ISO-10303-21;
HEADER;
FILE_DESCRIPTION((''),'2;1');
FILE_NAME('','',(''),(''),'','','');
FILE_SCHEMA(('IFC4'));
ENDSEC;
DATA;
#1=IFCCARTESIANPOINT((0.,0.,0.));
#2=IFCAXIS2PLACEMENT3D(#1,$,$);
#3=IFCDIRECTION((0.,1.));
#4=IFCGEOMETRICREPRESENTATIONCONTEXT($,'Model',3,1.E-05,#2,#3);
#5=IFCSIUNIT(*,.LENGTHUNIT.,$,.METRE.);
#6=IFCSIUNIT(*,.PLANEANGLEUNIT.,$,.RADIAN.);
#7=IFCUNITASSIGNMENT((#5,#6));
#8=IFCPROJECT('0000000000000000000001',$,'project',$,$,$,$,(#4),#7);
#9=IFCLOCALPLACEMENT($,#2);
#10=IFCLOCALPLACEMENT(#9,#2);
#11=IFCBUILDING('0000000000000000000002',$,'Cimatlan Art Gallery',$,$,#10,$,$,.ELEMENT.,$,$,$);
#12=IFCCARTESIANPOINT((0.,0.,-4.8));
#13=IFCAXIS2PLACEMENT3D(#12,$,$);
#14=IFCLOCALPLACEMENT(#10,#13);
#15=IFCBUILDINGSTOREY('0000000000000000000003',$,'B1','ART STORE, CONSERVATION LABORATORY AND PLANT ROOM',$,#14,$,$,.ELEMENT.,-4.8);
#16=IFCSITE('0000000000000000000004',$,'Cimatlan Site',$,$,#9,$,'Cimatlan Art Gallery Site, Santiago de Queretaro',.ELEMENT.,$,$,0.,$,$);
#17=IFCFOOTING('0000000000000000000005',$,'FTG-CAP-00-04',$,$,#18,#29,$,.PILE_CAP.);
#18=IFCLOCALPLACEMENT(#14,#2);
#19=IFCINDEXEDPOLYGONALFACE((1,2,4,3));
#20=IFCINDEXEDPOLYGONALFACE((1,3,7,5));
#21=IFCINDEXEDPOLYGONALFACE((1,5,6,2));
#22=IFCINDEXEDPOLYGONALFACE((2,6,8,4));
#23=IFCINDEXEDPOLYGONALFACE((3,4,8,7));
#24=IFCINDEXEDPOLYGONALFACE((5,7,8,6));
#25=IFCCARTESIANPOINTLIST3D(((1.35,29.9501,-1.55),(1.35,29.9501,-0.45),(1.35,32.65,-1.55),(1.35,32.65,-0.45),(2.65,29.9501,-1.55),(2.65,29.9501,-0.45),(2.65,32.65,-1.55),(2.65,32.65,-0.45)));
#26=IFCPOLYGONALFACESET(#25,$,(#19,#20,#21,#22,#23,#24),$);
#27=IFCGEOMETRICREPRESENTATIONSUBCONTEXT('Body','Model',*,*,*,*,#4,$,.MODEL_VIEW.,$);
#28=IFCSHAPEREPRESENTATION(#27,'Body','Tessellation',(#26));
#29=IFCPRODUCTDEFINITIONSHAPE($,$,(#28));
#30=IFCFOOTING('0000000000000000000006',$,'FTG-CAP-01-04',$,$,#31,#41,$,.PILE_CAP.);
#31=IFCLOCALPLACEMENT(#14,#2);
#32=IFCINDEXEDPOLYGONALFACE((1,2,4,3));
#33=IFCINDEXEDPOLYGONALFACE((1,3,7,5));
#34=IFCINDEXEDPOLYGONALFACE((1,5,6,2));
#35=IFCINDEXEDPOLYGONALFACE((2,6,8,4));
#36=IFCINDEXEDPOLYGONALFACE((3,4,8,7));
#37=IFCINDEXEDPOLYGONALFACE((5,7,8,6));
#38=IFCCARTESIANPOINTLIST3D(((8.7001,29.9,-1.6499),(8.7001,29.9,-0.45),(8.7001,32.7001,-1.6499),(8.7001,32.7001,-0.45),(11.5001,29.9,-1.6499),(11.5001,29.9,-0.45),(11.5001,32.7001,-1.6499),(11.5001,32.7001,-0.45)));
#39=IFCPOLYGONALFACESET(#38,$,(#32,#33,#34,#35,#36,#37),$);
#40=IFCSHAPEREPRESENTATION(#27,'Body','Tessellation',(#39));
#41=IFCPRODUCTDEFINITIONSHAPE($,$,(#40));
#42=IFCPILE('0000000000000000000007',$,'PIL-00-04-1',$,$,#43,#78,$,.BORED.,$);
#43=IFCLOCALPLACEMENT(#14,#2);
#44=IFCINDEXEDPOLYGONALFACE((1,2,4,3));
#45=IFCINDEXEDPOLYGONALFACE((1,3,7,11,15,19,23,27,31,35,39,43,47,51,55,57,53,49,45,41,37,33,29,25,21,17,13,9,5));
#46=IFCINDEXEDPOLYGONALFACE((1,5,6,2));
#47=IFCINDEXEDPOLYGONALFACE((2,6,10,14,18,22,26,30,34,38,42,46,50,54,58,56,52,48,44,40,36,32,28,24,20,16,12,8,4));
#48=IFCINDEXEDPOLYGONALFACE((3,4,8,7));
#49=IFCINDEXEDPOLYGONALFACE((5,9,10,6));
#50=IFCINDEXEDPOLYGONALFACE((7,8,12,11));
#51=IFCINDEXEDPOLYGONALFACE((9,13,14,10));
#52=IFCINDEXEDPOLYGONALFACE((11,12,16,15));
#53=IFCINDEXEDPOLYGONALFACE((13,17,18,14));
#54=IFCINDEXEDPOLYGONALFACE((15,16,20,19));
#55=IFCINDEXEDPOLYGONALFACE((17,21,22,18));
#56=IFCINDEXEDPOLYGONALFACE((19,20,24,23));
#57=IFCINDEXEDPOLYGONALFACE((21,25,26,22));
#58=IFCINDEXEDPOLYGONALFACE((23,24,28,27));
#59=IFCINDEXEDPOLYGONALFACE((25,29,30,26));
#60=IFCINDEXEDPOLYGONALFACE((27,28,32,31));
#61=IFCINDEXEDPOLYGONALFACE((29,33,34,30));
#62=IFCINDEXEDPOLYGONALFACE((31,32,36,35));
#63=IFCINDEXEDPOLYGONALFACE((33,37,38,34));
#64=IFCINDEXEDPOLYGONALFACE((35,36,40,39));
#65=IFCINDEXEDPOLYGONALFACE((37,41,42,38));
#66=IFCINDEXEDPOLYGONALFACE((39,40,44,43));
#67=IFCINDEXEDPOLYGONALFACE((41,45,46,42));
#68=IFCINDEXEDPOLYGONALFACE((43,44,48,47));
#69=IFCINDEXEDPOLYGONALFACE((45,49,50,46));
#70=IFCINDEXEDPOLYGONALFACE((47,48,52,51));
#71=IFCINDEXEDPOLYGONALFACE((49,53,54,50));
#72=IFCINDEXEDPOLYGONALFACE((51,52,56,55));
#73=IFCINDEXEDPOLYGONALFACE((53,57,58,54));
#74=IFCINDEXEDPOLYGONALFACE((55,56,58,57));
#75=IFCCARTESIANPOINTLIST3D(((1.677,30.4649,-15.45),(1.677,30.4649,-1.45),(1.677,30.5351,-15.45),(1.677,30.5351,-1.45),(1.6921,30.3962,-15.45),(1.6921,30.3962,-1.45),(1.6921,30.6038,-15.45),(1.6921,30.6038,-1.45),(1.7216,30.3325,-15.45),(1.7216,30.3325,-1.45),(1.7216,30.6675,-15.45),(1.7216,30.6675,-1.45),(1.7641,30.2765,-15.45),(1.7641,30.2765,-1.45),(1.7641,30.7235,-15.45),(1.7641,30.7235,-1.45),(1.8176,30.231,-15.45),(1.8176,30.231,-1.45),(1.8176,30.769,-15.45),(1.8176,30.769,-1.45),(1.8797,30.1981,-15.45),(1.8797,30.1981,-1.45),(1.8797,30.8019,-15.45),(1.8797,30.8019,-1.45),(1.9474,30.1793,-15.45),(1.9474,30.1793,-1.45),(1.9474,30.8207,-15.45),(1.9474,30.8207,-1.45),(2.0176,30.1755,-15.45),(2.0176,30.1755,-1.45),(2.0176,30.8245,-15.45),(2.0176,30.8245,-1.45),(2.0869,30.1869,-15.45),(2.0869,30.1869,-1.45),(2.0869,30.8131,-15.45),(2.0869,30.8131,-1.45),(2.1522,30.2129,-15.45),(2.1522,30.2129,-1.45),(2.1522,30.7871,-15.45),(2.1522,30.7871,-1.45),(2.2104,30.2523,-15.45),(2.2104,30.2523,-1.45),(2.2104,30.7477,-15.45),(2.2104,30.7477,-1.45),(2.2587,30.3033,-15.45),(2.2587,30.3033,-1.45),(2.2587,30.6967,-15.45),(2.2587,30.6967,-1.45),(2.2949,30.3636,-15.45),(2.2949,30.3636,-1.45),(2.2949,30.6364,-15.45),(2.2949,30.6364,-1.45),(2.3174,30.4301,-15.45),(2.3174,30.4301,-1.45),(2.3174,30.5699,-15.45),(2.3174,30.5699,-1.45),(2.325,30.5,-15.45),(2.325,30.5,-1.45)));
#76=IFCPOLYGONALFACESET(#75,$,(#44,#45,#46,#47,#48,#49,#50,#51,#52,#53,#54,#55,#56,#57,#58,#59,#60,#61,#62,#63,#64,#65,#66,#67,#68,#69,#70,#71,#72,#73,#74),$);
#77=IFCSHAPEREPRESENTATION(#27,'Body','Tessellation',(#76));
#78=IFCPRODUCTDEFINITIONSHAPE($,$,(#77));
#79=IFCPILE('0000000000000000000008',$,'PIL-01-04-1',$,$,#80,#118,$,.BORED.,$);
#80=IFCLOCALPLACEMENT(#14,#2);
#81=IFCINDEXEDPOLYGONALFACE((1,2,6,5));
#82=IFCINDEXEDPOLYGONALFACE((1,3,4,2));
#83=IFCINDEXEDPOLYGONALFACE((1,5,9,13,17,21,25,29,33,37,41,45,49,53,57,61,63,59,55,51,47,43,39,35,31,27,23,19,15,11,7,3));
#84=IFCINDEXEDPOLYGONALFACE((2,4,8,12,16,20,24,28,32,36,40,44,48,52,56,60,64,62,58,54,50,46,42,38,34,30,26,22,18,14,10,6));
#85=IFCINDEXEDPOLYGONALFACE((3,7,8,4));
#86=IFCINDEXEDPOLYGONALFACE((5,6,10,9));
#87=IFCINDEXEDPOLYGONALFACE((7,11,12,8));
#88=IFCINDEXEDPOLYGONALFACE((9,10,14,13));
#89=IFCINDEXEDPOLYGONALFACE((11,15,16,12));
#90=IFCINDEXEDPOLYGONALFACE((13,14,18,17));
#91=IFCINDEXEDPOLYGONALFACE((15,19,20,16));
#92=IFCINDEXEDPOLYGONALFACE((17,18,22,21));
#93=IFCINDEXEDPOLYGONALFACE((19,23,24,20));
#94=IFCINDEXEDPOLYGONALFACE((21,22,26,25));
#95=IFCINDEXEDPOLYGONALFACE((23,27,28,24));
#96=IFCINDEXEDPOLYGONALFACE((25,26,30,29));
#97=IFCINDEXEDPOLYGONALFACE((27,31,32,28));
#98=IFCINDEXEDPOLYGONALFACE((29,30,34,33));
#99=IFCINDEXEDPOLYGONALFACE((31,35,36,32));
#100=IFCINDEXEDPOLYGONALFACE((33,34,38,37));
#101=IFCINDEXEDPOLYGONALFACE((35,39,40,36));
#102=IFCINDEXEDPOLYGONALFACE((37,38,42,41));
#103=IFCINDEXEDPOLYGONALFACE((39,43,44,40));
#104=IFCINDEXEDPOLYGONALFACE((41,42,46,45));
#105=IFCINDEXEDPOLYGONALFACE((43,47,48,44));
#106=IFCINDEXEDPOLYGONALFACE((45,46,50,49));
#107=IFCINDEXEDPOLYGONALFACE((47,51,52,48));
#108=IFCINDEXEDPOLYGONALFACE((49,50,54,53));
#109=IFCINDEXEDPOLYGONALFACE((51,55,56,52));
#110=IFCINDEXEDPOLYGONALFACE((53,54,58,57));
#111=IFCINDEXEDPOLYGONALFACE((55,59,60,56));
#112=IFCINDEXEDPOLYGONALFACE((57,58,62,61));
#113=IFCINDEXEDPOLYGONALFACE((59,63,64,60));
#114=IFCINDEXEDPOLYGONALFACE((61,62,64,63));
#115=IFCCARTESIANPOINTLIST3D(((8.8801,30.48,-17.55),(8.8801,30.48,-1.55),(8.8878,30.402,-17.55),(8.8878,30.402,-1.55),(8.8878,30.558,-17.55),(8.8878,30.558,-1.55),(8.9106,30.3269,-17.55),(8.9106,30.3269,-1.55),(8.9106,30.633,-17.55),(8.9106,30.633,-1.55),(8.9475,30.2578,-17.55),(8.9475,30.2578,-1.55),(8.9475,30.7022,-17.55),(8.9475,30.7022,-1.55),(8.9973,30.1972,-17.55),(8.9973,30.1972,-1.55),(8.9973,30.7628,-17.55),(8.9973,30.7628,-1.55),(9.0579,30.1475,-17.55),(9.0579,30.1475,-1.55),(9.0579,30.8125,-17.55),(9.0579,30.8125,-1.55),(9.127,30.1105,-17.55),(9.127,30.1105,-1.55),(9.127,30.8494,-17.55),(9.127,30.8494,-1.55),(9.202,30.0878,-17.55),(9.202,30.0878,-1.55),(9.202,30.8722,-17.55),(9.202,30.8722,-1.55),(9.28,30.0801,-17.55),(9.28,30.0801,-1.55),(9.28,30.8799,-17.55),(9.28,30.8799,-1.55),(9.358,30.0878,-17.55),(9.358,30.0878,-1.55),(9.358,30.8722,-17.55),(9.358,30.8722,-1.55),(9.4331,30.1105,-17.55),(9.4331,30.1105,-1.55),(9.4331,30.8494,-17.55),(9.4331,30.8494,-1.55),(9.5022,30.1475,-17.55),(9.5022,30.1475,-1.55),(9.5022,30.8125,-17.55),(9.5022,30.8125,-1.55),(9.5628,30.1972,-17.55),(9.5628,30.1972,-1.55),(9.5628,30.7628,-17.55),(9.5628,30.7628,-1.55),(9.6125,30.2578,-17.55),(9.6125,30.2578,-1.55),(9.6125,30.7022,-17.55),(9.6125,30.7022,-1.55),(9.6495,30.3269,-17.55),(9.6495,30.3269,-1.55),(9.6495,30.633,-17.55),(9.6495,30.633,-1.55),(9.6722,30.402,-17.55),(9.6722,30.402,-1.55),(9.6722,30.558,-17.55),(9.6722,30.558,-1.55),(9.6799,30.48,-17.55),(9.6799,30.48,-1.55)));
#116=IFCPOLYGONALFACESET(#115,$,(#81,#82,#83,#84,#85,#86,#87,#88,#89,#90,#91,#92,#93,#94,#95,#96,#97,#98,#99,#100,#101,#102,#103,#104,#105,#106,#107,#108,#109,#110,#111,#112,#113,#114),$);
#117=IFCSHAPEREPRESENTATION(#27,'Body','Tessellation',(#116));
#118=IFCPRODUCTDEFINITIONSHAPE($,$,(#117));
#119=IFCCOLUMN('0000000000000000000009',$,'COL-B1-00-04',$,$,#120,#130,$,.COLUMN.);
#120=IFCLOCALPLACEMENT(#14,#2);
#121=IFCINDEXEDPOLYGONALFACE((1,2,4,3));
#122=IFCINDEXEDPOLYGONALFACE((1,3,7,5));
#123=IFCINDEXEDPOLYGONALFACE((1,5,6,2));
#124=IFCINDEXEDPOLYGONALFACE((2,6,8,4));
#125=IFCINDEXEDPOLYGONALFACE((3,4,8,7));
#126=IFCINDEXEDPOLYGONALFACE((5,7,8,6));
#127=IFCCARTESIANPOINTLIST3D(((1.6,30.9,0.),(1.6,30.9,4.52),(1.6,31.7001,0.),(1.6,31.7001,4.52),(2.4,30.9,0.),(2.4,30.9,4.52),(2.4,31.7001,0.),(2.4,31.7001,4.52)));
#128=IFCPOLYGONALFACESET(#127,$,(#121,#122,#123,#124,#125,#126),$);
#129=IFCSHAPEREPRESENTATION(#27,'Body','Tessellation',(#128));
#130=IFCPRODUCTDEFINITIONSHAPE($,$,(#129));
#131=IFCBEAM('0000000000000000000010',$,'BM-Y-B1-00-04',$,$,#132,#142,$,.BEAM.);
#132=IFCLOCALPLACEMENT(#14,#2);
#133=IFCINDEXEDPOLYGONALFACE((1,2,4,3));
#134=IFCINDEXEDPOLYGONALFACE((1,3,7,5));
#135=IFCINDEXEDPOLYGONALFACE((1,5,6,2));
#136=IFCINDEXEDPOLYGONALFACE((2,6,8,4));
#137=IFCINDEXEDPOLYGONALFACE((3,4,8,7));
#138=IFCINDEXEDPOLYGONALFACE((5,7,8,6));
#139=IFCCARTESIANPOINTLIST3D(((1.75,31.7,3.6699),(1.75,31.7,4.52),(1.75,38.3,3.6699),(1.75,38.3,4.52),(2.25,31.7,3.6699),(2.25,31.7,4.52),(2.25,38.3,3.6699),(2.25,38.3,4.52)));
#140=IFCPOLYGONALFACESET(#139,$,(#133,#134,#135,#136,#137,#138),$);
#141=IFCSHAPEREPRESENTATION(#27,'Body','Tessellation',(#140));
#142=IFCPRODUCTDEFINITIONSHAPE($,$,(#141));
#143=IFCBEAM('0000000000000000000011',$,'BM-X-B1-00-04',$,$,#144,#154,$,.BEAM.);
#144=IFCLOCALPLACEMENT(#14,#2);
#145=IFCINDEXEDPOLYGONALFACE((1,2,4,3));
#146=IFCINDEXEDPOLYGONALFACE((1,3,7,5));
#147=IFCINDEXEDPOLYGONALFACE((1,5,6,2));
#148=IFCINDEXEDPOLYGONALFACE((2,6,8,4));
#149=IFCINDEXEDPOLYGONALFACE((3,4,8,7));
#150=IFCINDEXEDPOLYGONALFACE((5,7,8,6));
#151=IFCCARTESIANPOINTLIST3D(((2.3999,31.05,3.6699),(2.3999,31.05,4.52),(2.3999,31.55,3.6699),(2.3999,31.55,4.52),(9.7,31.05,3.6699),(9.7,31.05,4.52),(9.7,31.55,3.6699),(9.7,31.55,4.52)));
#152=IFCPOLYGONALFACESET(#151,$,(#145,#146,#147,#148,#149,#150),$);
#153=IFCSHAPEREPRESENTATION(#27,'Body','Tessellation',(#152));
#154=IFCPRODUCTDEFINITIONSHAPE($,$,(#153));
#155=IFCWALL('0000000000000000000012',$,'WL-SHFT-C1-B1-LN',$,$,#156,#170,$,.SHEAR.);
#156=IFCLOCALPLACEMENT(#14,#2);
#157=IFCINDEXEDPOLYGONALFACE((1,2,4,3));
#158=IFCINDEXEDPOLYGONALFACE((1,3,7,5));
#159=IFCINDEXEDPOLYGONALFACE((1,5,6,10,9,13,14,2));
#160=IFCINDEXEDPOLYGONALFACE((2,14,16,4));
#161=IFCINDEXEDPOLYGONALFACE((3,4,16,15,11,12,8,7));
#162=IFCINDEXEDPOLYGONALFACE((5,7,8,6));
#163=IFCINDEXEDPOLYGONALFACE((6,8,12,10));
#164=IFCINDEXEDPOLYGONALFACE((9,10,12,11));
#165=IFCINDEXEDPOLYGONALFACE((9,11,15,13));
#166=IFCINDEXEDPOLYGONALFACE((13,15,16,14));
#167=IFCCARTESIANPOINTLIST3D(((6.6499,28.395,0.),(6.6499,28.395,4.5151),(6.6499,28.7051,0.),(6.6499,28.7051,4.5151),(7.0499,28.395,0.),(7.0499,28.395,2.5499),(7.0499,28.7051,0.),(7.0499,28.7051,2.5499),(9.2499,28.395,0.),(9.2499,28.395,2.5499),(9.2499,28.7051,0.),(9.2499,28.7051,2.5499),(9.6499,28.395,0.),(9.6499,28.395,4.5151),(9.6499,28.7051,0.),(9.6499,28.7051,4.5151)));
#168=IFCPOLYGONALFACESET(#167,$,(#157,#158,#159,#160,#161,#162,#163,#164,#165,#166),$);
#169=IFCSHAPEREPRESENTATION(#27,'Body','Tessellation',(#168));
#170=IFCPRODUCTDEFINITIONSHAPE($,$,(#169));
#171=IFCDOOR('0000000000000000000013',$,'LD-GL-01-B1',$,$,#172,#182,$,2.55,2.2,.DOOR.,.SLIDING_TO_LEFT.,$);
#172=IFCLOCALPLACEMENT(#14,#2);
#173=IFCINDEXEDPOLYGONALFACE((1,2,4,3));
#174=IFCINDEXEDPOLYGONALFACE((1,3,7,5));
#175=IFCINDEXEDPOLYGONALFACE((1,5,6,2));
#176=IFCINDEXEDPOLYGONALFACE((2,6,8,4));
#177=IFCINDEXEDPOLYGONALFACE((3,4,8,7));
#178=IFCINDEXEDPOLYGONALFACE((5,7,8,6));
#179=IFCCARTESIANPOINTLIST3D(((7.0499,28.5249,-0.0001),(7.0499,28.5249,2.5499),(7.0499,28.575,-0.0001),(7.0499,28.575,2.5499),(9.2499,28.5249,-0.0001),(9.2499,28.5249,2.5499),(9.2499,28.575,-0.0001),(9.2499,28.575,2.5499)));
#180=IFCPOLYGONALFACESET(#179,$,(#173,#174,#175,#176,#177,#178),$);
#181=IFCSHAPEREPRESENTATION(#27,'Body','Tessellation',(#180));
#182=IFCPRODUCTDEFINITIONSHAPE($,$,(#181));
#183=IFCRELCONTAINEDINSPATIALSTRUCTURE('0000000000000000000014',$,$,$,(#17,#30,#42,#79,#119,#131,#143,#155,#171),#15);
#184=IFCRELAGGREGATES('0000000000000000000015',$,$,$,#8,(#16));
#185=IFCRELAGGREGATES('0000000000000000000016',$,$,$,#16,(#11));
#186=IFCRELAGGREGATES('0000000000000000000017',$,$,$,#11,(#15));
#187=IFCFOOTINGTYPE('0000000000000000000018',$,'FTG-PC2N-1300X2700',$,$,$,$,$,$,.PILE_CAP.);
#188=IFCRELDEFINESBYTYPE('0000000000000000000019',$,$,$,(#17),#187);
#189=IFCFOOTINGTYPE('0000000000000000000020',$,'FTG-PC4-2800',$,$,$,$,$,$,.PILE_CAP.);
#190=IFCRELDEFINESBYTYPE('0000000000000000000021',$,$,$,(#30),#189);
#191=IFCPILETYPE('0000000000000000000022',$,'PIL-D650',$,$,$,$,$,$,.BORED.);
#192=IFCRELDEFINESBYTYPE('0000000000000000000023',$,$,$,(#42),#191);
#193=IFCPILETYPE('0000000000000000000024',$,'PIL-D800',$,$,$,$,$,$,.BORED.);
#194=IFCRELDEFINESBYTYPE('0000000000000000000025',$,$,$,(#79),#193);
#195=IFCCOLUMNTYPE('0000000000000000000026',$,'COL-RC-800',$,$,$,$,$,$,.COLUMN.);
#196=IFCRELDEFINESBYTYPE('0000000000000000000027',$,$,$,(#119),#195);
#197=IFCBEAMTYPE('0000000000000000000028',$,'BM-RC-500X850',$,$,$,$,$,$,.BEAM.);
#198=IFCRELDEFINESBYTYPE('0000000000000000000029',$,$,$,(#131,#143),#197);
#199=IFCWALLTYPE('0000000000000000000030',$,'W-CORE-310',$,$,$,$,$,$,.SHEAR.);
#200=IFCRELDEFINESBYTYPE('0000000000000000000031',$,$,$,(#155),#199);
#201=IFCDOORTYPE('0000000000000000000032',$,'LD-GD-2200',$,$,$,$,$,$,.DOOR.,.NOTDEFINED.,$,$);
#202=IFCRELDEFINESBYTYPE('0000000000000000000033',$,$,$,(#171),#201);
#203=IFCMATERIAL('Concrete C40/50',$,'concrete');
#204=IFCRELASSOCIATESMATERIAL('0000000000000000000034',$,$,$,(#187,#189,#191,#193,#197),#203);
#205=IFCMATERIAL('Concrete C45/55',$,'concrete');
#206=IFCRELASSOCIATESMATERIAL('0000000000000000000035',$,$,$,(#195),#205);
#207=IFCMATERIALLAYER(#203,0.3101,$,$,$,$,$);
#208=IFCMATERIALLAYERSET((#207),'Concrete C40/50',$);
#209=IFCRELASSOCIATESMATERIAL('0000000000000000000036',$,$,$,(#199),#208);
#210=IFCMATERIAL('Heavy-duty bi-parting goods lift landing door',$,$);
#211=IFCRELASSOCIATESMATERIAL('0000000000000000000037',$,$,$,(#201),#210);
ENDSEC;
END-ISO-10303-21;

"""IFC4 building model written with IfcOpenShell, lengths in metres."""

from ifc_helpers import new_model, si_unit, direction, frame, frame_2d, origin, origin_2d, place, context, subcontext, project, spatial, rectangle, circle, extrude, material, layer, layer_set, material_profile, profile_set, type_object, element, fill, save


model = new_model("IFC4")

# Units and contexts
model_context = context("Model", 3, precision=1e-05, world=origin(), true_north=direction((0.0, 1.0)))
body_context = subcontext(model_context, "Body", "Model", "MODEL_VIEW")
ifc_project = project(units=[si_unit("LENGTHUNIT", "METRE"), si_unit("PLANEANGLEUNIT", "RADIAN")], contexts=[model_context])

# Site, building, storey
site_placement = place(None, origin())
site = spatial("IfcSite", under=ifc_project, at=site_placement, Name="Cimatlan Site", LongName="Cimatlan Art Gallery Site, Santiago de Queretaro", CompositionType="ELEMENT", RefElevation=0.0)
building_placement = place(site_placement, origin())
building = spatial("IfcBuilding", under=site, at=building_placement, Name="Cimatlan Art Gallery", CompositionType="ELEMENT")
storey_placement = place(building_placement, frame((0.0, 0.0, -4.8)))
storey = spatial("IfcBuildingStorey", under=building, at=storey_placement, Name="B1", Description="ART STORE, CONSERVATION LABORATORY AND PLANT ROOM", CompositionType="ELEMENT", Elevation=-4.8)

# Footings
ifc_material_1 = material(Name="Concrete C40/50", Category="concrete")
footing_type_1 = type_object("IfcFootingType", Name="FTG-PC2N-1300X2700", PredefinedType="PILE_CAP", material=ifc_material_1)
footing_1_placement = place(storey_placement, frame((2.0, 31.3, -1.55), z_axis=(0.0, 0.0, 1.0), x_axis=(1.0, 0.0, 0.0)))
element("IfcFooting", 1, at=footing_1_placement, inside=storey, type_object=footing_type_1, Name="FTG-CAP-00-04", PredefinedType="PILE_CAP", context=body_context, shape_type="SweptSolid", body=[
    extrude(rectangle(XDim=1.3, YDim=2.7, at=origin_2d()), origin(), (0.0, 0.0, 1.0), 1.1001),
])
footing_type_2 = type_object("IfcFootingType", Name="FTG-PC4-2800", PredefinedType="PILE_CAP", material=ifc_material_1)
footing_2_placement = place(storey_placement, frame((10.1001, 31.3, -1.6499), z_axis=(0.0, 0.0, 1.0), x_axis=(1.0, 0.0, 0.0)))
element("IfcFooting", 2, at=footing_2_placement, inside=storey, type_object=footing_type_2, Name="FTG-CAP-01-04", PredefinedType="PILE_CAP", context=body_context, shape_type="SweptSolid", body=[
    extrude(rectangle(XDim=2.8, YDim=2.8, at=origin_2d()), origin(), (0.0, 0.0, 1.0), 1.2),
])

# Piles
pile_type_1 = type_object("IfcPileType", Name="PIL-D650", PredefinedType="BORED", material=ifc_material_1)
pile_1_placement = place(storey_placement, frame((2.0, 30.5, -1.45), z_axis=(0.0, 0.0, -1.0), x_axis=(1.0, 0.0, 0.0)))
element("IfcPile", 3, at=pile_1_placement, inside=storey, type_object=pile_type_1, Name="PIL-00-04-1", PredefinedType="BORED", context=body_context, shape_type="SweptSolid", body=[
    extrude(circle(Radius=0.325, at=origin_2d()), origin(), (0.0, 0.0, 1.0), 14.0),
])
pile_type_2 = type_object("IfcPileType", Name="PIL-D800", PredefinedType="BORED", material=ifc_material_1)
pile_2_placement = place(storey_placement, frame((9.28, 30.48, -1.55), z_axis=(0.0, 0.0, -1.0), x_axis=(1.0, 0.0, 0.0)))
element("IfcPile", 4, at=pile_2_placement, inside=storey, type_object=pile_type_2, Name="PIL-01-04-1", PredefinedType="BORED", context=body_context, shape_type="SweptSolid", body=[
    extrude(circle(Radius=0.3999, at=origin_2d()), origin(), (0.0, 0.0, 1.0), 16.0),
])

# Column
ifc_material_2 = material(Name="Concrete C45/55", Category="concrete")
ifc_material_profile_1 = material_profile(ifc_material_2, rectangle(XDim=0.8, YDim=0.8, at=origin_2d()), Name="RC800X800")
ifc_profile_set_1 = profile_set([ifc_material_profile_1], Name="Concrete C45/55")
column_type = type_object("IfcColumnType", Name="COL-RC-800", PredefinedType="COLUMN", material=ifc_profile_set_1)
column_placement = place(storey_placement, frame((2.0, 31.3, 0.0), z_axis=(0.0, 0.0, 1.0), x_axis=(1.0, 0.0, 0.0)))
element("IfcColumn", 5, at=column_placement, inside=storey, type_object=column_type, Name="COL-B1-00-04", PredefinedType="COLUMN", context=body_context, shape_type="SweptSolid", body=[
    extrude(rectangle(XDim=0.8, YDim=0.8, at=origin_2d()), origin(), (0.0, 0.0, 1.0), 4.52),
])

# Beams
ifc_material_profile_2 = material_profile(ifc_material_1, rectangle(XDim=0.5, YDim=0.8501, at=origin_2d()), Name="RC500X850")
ifc_profile_set_2 = profile_set([ifc_material_profile_2], Name="Concrete C40/50")
beam_type = type_object("IfcBeamType", Name="BM-RC-500X850", PredefinedType="BEAM", material=ifc_profile_set_2)
beam_1_placement = place(storey_placement, frame((2.0, 31.7, 4.095), z_axis=(0.0, 1.0, 0.0), x_axis=(-1.0, 0.0, 0.0)))
element("IfcBeam", 6, at=beam_1_placement, inside=storey, type_object=beam_type, Name="BM-Y-B1-00-04", PredefinedType="BEAM", context=body_context, shape_type="SweptSolid", body=[
    extrude(rectangle(XDim=0.5, YDim=0.8501, at=origin_2d()), origin(), (0.0, 0.0, 1.0), 6.6001),
])
beam_2_placement = place(storey_placement, frame((2.3999, 31.3, 4.095), z_axis=(1.0, 0.0, 0.0), x_axis=(0.0, 1.0, 0.0)))
element("IfcBeam", 7, at=beam_2_placement, inside=storey, type_object=beam_type, Name="BM-X-B1-00-04", PredefinedType="BEAM", context=body_context, shape_type="SweptSolid", body=[
    extrude(rectangle(XDim=0.5, YDim=0.8501, at=origin_2d()), origin(), (0.0, 0.0, 1.0), 7.3),
])

# Wall, opening, door
ifc_layer_1 = layer(ifc_material_1, 0.3101)
ifc_layer_set_1 = layer_set([ifc_layer_1], Name="Concrete C40/50")
wall_type_1 = type_object("IfcWallType", Name="W-CORE-310", PredefinedType="SHEAR", material=ifc_layer_set_1)
wall_1_placement = place(storey_placement, frame((6.6499, 28.55, 0.0), z_axis=(0.0, 0.0, 1.0), x_axis=(1.0, 0.0, 0.0)))
wall_1 = element("IfcWall", 8, at=wall_1_placement, inside=storey, type_object=wall_type_1, Name="WL-SHFT-C1-B1-LN", PredefinedType="SHEAR", context=body_context, shape_type="SweptSolid", body=[
    extrude(rectangle(XDim=3.0, YDim=0.3101, at=frame_2d((1.5, 0.0))), origin(), (0.0, 0.0, 1.0), 4.5151),
])
opening_1_placement = place(wall_1_placement, frame((0.3999, 0.0, 0.0)))
opening_1 = element("IfcOpeningElement", 9, at=opening_1_placement, cuts=wall_1, PredefinedType="OPENING", context=body_context, shape_type="SweptSolid", body=[
    extrude(rectangle(XDim=2.2, YDim=2.55, at=frame_2d((1.1001, 1.2749))), frame((0.0, 0.165, 0.0), z_axis=(0.0, -1.0, 0.0), x_axis=(1.0, 0.0, 0.0)), (0.0, 0.0, 1.0), 0.3301),
])
ifc_material_3 = material(Name="Heavy-duty bi-parting goods lift landing door")
door_type_1 = type_object("IfcDoorType", Name="LD-GD-2200", OperationType="NOTDEFINED", PredefinedType="DOOR", material=ifc_material_3)
door_1_placement = place(opening_1_placement, origin())
door_1 = element("IfcDoor", 10, at=door_1_placement, inside=storey, type_object=door_type_1, Name="LD-GL-01-B1", OperationType="SLIDING_TO_LEFT", OverallHeight=2.55, OverallWidth=2.2, PredefinedType="DOOR", context=body_context, shape_type="SweptSolid", body=[
    extrude(rectangle(XDim=2.2, YDim=2.55, at=frame_2d((1.1001, 1.2749))), frame((0.0, 0.0249, 0.0), z_axis=(0.0, -1.0, 0.0), x_axis=(1.0, 0.0, 0.0)), (0.0, 0.0, 1.0), 0.05),
])
fill(opening_1, door_1)

save(model, "model.ifc")
